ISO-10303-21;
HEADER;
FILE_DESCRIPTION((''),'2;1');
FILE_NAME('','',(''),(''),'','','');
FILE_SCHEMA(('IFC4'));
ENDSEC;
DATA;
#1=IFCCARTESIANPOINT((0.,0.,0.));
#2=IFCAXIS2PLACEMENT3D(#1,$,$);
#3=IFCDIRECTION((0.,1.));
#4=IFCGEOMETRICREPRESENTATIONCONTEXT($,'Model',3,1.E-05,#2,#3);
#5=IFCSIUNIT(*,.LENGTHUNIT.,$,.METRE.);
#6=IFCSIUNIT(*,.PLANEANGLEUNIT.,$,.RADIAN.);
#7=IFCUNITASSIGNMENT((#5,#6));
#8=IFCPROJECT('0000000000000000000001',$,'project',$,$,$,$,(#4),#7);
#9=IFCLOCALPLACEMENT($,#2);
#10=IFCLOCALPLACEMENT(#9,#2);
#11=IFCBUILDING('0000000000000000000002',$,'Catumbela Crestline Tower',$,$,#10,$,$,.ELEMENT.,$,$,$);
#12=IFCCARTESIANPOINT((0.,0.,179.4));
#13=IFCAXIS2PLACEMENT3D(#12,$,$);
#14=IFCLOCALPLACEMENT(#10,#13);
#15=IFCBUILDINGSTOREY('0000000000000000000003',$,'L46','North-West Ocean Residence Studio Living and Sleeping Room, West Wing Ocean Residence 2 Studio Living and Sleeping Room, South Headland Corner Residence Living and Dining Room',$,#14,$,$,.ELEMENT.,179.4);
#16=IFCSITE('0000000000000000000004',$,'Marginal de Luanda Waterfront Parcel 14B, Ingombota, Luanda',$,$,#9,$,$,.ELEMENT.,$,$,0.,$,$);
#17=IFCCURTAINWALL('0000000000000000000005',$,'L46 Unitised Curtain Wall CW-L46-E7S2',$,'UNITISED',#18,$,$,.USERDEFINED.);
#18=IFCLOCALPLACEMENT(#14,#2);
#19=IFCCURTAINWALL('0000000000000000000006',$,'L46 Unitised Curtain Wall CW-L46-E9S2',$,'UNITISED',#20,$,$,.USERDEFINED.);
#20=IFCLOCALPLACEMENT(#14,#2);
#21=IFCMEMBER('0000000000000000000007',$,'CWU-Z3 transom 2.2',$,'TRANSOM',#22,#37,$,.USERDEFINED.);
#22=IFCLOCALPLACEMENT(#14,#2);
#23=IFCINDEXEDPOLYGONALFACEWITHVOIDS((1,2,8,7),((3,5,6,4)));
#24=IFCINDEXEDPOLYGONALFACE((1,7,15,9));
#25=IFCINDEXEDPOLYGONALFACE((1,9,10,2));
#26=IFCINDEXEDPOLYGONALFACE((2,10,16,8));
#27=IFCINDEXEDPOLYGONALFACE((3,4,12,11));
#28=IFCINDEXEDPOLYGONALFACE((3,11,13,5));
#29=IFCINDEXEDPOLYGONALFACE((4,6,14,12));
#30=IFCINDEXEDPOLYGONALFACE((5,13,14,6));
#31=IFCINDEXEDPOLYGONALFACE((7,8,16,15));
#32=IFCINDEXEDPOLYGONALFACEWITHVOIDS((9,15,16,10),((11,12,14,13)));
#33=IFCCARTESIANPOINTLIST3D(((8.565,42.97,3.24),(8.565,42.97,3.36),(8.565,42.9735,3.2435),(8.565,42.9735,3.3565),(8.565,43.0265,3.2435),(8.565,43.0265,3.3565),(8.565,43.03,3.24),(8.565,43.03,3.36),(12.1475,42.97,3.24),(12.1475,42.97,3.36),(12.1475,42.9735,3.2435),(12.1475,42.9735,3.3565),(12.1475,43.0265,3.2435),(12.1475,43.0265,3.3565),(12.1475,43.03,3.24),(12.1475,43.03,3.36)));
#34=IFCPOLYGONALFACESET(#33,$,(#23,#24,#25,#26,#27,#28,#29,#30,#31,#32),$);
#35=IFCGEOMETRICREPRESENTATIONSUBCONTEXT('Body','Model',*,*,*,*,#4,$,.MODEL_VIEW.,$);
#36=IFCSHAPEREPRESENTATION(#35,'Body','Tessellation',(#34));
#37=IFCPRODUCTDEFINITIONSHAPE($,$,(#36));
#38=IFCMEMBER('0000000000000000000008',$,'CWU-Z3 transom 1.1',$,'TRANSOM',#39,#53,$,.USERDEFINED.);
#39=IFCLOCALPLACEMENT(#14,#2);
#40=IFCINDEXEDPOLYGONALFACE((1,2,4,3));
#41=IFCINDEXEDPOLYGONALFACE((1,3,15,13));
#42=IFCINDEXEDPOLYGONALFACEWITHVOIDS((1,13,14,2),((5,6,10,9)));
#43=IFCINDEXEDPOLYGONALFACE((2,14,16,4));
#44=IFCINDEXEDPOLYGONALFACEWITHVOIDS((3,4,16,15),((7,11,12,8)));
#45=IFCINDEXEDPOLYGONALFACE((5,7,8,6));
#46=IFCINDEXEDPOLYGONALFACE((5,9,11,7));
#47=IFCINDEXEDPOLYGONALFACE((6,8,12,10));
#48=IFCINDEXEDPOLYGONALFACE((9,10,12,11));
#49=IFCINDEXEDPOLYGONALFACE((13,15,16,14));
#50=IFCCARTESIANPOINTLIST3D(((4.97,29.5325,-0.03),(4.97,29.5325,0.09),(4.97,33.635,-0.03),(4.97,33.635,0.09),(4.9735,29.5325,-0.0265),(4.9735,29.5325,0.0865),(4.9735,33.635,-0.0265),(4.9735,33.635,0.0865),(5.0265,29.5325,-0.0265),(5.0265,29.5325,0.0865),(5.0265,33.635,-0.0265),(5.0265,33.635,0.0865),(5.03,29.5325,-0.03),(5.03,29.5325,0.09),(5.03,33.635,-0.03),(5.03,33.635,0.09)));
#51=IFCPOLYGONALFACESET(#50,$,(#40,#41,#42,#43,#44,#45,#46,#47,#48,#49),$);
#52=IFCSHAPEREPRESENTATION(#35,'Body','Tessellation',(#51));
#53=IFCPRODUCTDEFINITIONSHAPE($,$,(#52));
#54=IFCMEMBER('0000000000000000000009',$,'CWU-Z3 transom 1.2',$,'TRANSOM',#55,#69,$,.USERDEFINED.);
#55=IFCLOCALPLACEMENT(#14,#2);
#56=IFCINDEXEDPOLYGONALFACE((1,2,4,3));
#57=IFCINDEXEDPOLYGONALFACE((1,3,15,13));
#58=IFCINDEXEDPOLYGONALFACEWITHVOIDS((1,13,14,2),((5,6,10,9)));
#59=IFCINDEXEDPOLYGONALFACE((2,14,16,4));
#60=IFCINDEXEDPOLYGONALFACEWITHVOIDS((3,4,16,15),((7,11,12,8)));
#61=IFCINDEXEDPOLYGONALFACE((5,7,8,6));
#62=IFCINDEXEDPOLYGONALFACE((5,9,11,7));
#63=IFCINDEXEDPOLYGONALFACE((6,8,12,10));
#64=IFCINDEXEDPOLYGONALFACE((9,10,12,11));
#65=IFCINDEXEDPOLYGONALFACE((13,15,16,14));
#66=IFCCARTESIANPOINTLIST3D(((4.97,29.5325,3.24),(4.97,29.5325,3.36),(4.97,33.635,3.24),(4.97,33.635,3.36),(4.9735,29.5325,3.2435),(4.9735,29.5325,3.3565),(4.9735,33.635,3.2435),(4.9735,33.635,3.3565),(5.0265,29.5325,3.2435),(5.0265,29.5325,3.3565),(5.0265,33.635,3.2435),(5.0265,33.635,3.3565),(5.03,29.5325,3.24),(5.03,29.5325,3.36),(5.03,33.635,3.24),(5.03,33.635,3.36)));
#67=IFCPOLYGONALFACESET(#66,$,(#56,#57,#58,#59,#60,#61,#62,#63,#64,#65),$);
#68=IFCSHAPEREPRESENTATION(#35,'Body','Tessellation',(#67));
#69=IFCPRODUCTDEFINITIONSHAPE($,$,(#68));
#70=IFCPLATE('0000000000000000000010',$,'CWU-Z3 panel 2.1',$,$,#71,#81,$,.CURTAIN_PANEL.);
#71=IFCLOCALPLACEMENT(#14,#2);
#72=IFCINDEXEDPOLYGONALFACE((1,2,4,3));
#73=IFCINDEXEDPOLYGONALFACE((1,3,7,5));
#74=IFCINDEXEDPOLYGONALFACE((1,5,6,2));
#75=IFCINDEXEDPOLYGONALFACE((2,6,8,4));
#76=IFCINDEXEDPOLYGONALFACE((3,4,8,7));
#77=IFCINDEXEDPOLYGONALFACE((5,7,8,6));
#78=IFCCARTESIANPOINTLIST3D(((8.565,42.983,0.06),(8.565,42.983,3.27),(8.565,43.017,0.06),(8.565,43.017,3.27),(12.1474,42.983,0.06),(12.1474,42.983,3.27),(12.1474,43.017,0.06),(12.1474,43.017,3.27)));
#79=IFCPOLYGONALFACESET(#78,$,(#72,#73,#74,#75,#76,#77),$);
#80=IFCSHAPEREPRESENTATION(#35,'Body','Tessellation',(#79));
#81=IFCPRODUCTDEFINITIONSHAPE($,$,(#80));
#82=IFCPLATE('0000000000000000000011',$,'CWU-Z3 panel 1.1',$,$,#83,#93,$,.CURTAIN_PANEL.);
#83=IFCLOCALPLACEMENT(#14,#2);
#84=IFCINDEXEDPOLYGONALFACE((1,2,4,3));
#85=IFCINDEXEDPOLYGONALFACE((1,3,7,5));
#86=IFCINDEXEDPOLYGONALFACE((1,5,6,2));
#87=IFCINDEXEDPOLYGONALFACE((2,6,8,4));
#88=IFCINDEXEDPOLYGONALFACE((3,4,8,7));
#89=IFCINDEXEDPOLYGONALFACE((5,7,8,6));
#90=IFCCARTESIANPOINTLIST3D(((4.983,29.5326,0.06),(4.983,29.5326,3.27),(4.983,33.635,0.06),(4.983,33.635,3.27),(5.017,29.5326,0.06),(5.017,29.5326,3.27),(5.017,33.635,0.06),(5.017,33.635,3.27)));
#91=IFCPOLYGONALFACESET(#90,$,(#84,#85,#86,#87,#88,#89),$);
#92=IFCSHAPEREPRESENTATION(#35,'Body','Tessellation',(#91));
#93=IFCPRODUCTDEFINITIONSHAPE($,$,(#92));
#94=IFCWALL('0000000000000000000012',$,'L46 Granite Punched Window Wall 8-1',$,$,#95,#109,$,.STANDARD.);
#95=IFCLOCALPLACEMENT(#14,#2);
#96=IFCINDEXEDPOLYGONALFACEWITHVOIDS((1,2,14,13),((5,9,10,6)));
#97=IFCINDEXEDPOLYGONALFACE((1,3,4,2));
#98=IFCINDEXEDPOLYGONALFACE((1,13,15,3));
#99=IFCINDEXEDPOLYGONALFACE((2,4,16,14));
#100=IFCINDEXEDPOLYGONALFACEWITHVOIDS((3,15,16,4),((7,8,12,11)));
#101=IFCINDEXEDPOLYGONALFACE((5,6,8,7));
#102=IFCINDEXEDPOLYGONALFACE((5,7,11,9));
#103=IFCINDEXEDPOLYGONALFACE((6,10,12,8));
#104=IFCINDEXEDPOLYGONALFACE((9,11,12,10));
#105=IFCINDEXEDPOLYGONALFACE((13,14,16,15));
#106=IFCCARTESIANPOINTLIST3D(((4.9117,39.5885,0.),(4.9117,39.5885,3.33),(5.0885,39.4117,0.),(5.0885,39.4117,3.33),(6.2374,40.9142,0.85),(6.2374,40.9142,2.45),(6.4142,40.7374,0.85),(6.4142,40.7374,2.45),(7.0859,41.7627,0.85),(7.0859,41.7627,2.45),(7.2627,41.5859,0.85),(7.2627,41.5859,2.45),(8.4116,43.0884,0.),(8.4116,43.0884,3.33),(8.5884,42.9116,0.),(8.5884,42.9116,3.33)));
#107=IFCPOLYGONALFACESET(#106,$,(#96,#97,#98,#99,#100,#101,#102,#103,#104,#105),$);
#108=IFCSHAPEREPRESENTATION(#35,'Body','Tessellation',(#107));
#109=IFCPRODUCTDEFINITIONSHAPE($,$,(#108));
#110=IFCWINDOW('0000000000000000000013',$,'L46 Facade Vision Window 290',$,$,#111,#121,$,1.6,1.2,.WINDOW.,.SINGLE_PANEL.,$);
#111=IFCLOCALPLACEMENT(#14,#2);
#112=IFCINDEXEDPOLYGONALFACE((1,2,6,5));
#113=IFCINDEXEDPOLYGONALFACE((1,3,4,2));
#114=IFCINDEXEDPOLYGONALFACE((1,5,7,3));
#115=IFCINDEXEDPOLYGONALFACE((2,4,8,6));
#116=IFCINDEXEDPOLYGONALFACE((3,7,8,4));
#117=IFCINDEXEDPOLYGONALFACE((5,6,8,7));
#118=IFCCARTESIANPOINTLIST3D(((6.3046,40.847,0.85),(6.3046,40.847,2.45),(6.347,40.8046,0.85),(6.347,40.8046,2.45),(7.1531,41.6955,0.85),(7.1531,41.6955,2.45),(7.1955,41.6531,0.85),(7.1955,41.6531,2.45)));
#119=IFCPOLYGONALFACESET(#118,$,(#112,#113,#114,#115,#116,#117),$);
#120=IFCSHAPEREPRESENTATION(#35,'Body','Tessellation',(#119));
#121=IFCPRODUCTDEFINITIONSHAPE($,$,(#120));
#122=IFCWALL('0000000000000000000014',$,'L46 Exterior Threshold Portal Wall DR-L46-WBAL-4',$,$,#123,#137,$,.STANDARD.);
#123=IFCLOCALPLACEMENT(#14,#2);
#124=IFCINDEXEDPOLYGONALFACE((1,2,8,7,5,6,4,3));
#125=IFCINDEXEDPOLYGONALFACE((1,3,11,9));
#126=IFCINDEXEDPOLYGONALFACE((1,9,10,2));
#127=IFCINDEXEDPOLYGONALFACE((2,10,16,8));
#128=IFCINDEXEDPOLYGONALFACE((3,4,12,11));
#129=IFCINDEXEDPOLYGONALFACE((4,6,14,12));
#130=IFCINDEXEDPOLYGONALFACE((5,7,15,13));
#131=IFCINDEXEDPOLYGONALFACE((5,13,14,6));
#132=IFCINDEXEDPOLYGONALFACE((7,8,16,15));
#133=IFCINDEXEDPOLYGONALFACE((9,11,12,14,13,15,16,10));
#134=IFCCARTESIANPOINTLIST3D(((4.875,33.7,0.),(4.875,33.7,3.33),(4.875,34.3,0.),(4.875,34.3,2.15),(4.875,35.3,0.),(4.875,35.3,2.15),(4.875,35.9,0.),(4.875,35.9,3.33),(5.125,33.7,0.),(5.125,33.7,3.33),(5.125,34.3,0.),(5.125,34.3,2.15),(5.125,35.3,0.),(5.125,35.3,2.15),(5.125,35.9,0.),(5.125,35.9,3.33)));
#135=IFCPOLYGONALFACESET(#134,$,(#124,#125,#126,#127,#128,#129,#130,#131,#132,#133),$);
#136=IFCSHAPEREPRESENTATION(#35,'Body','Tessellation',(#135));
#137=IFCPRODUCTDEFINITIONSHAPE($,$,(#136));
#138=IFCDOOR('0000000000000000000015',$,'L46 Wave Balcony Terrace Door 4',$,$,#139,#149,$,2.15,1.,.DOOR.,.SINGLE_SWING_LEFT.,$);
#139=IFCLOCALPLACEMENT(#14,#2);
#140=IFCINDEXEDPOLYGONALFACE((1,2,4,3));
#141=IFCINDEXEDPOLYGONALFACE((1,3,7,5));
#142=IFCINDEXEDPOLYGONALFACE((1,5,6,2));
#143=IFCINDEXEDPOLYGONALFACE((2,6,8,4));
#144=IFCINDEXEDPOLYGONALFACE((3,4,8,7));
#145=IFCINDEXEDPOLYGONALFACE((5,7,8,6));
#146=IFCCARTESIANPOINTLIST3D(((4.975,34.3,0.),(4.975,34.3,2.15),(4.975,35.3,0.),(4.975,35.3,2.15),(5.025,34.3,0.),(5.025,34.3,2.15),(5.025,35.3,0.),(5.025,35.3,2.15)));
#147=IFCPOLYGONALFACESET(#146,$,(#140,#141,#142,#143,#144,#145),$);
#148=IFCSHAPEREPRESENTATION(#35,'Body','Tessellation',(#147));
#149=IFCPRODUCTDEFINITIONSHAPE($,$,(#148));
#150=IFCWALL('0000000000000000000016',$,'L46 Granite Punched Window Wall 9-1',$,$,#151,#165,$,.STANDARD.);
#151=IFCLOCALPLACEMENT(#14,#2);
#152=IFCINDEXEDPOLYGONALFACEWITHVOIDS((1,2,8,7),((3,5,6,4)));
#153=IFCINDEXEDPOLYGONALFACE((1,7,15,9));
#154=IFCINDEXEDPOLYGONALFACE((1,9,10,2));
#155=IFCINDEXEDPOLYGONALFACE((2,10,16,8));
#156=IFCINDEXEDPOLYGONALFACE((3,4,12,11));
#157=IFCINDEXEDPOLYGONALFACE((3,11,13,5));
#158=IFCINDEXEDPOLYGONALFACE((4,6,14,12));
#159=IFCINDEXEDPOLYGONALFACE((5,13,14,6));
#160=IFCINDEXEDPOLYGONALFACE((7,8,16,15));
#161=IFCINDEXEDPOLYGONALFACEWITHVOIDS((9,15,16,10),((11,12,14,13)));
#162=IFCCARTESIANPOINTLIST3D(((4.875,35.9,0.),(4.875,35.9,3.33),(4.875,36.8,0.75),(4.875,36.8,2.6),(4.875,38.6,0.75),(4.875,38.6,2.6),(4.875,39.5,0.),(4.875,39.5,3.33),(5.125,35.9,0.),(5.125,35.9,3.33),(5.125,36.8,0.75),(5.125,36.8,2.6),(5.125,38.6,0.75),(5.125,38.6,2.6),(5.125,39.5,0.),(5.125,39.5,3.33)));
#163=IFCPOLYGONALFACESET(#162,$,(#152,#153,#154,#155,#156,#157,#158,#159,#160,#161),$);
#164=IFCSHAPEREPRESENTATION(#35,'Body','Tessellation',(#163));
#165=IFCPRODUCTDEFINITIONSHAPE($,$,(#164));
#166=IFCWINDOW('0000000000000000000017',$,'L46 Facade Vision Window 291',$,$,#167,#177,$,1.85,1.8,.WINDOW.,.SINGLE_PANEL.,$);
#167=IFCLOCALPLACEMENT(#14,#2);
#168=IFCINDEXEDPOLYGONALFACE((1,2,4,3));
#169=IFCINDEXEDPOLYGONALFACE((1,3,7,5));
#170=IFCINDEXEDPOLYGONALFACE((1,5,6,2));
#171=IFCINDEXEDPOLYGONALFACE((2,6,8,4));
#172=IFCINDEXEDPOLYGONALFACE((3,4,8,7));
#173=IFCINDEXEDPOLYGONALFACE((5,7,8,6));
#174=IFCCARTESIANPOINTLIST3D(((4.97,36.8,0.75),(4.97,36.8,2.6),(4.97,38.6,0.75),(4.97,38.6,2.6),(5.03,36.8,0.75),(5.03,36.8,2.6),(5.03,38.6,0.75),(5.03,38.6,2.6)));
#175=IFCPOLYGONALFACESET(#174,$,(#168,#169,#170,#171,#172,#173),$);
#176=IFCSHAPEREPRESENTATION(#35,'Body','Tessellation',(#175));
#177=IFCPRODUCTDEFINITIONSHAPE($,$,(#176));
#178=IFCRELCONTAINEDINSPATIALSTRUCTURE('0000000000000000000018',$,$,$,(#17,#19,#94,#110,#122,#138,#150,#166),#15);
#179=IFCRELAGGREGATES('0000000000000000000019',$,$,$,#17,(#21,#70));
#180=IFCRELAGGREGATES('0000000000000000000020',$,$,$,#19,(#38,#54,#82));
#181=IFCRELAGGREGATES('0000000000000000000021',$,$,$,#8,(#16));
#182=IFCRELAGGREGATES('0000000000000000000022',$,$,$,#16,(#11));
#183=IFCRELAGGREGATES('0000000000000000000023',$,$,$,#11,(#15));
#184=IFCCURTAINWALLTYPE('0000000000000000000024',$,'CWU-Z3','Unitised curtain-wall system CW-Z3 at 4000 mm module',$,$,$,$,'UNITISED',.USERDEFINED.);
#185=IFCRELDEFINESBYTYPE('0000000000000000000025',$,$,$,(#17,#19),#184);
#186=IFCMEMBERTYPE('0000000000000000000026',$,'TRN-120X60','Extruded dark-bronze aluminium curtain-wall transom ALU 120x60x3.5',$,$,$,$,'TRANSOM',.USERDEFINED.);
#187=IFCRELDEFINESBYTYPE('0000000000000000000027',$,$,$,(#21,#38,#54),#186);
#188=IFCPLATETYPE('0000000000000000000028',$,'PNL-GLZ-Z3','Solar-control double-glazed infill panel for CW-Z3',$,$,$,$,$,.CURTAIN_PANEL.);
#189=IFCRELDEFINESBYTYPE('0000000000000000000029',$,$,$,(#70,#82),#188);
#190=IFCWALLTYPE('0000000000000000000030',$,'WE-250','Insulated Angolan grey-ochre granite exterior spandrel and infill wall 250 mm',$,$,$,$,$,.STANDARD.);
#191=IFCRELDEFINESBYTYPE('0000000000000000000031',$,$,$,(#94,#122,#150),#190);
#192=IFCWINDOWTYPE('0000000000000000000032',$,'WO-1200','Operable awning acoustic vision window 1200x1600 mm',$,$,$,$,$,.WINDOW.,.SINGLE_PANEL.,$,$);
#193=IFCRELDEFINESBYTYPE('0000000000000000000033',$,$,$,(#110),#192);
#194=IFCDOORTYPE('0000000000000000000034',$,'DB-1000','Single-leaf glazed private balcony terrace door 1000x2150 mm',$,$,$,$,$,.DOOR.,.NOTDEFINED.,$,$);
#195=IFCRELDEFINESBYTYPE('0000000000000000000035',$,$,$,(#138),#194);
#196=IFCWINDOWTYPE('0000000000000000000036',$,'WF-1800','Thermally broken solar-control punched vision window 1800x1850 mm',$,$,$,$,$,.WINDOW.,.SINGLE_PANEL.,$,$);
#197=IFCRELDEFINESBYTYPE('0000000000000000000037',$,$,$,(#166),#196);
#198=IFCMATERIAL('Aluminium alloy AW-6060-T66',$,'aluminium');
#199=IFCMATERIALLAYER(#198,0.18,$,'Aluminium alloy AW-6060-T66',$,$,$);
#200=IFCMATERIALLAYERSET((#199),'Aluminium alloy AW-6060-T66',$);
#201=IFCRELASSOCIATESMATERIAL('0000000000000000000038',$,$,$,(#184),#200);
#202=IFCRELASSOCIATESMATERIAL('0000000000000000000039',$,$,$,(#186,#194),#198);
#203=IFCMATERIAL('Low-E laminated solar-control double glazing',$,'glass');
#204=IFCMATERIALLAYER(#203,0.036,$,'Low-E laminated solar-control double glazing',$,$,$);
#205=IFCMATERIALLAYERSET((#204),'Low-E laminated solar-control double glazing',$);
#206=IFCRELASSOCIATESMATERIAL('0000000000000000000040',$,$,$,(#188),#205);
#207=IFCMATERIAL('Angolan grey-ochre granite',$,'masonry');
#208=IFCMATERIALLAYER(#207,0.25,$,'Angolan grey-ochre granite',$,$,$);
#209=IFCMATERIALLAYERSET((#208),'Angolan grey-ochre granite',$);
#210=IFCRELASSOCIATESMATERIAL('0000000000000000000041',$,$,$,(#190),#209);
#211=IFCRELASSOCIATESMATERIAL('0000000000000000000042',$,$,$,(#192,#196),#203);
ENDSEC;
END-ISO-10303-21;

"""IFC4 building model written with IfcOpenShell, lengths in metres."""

from ifc_helpers import new_model, si_unit, direction, frame, frame_2d, origin, origin_2d, place, context, subcontext, project, spatial, rectangle, hollow_rectangle, extrude, material, layer, layer_set, material_profile, profile_set, type_object, element, fill, aggregate, save


model = new_model("IFC4")

# Units and contexts
model_context = context("Model", 3, precision=1e-05, world=origin(), true_north=direction((0.0, 1.0)))
body_context = subcontext(model_context, "Body", "Model", "MODEL_VIEW")
ifc_project = project(units=[si_unit("LENGTHUNIT", "METRE"), si_unit("PLANEANGLEUNIT", "RADIAN")], contexts=[model_context])

# Site, building, storey
site_placement = place(None, origin())
site = spatial("IfcSite", under=ifc_project, at=site_placement, Name="Marginal de Luanda Waterfront Parcel 14B, Ingombota, Luanda", CompositionType="ELEMENT", RefElevation=0.0)
building_placement = place(site_placement, origin())
building = spatial("IfcBuilding", under=site, at=building_placement, Name="Catumbela Crestline Tower", CompositionType="ELEMENT")
storey_placement = place(building_placement, frame((0.0, 0.0, 179.4)))
storey = spatial("IfcBuildingStorey", under=building, at=storey_placement, Name="L46", Description="North-West Ocean Residence Studio Living and Sleeping Room, West Wing Ocean Residence 2 Studio Living and Sleeping Room, South Headland Corner Residence Living and Dining Room", CompositionType="ELEMENT", Elevation=179.4)

# Curtain wall
ifc_material_1 = material(Name="Aluminium alloy AW-6060-T66", Category="aluminium")
ifc_layer_1 = layer(ifc_material_1, 0.18, Name="Aluminium alloy AW-6060-T66")
ifc_layer_set_1 = layer_set([ifc_layer_1], Name="Aluminium alloy AW-6060-T66")
curtain_wall_type = type_object("IfcCurtainWallType", Name="CWU-Z3", Description="Unitised curtain-wall system CW-Z3 at 4000 mm module", ElementType="UNITISED", PredefinedType="USERDEFINED", material=ifc_layer_set_1)
curtain_wall_1_placement = place(storey_placement, origin())
curtain_wall_1 = element("IfcCurtainWall", 1, at=curtain_wall_1_placement, inside=storey, type_object=curtain_wall_type, Name="L46 Unitised Curtain Wall CW-L46-E7S2", ObjectType="UNITISED", PredefinedType="USERDEFINED")

# Curtain wall
curtain_wall_2_placement = place(storey_placement, origin())
curtain_wall_2 = element("IfcCurtainWall", 2, at=curtain_wall_2_placement, inside=storey, type_object=curtain_wall_type, Name="L46 Unitised Curtain Wall CW-L46-E9S2", ObjectType="UNITISED", PredefinedType="USERDEFINED")

# Members
ifc_material_profile_1 = material_profile(ifc_material_1, hollow_rectangle(XDim=0.06, YDim=0.12, WallThickness=0.0035, at=origin_2d()), Name="ALU 120x60x3.5")
ifc_profile_set_1 = profile_set([ifc_material_profile_1], Name="Aluminium alloy AW-6060-T66")
member_type_1 = type_object("IfcMemberType", Name="TRN-120X60", Description="Extruded dark-bronze aluminium curtain-wall transom ALU 120x60x3.5", ElementType="TRANSOM", PredefinedType="USERDEFINED", material=ifc_profile_set_1)
member_1_placement = place(storey_placement, frame((12.1475, 43.0, 3.3), z_axis=(-1.0, 0.0, 0.0), x_axis=(0.0, -1.0, 0.0)))
member_1 = element("IfcMember", 3, at=member_1_placement, type_object=member_type_1, Name="CWU-Z3 transom 2.2", ObjectType="TRANSOM", PredefinedType="USERDEFINED", context=body_context, shape_type="SweptSolid", body=[
    extrude(hollow_rectangle(XDim=0.06, YDim=0.12, WallThickness=0.0035, at=origin_2d()), origin(), (0.0, 0.0, 1.0), 3.5825),
])
member_2_placement = place(storey_placement, frame((5.0, 33.635, 0.03), z_axis=(0.0, -1.0, 0.0), x_axis=(1.0, 0.0, 0.0)))
member_2 = element("IfcMember", 4, at=member_2_placement, type_object=member_type_1, Name="CWU-Z3 transom 1.1", ObjectType="TRANSOM", PredefinedType="USERDEFINED", context=body_context, shape_type="SweptSolid", body=[
    extrude(hollow_rectangle(XDim=0.06, YDim=0.12, WallThickness=0.0035, at=origin_2d()), origin(), (0.0, 0.0, 1.0), 4.1025),
])
member_3_placement = place(storey_placement, frame((5.0, 33.635, 3.3), z_axis=(0.0, -1.0, 0.0), x_axis=(1.0, 0.0, 0.0)))
member_3 = element("IfcMember", 5, at=member_3_placement, type_object=member_type_1, Name="CWU-Z3 transom 1.2", ObjectType="TRANSOM", PredefinedType="USERDEFINED", context=body_context, shape_type="SweptSolid", body=[
    extrude(hollow_rectangle(XDim=0.06, YDim=0.12, WallThickness=0.0035, at=origin_2d()), origin(), (0.0, 0.0, 1.0), 4.1025),
])

# Plates
ifc_material_2 = material(Name="Low-E laminated solar-control double glazing", Category="glass")
ifc_layer_2 = layer(ifc_material_2, 0.036, Name="Low-E laminated solar-control double glazing")
ifc_layer_set_2 = layer_set([ifc_layer_2], Name="Low-E laminated solar-control double glazing")
plate_type = type_object("IfcPlateType", Name="PNL-GLZ-Z3", Description="Solar-control double-glazed infill panel for CW-Z3", PredefinedType="CURTAIN_PANEL", material=ifc_layer_set_2)
plate_1_placement = place(storey_placement, frame((10.3562, 43.0, 0.06), z_axis=(0.0, 0.0, 1.0), x_axis=(-1.0, 0.0, 0.0)))
plate_1 = element("IfcPlate", 6, at=plate_1_placement, type_object=plate_type, Name="CWU-Z3 panel 2.1", PredefinedType="CURTAIN_PANEL", context=body_context, shape_type="SweptSolid", body=[
    extrude(rectangle(XDim=3.5825, YDim=0.034, at=origin_2d()), origin(), (0.0, 0.0, 1.0), 3.21),
])
aggregate(curtain_wall_1, [member_1, plate_1])
plate_2_placement = place(storey_placement, frame((5.0, 31.5838, 0.06), z_axis=(0.0, 0.0, 1.0), x_axis=(0.0, -1.0, 0.0)))
plate_2 = element("IfcPlate", 7, at=plate_2_placement, type_object=plate_type, Name="CWU-Z3 panel 1.1", PredefinedType="CURTAIN_PANEL", context=body_context, shape_type="SweptSolid", body=[
    extrude(rectangle(XDim=4.1025, YDim=0.034, at=origin_2d()), origin(), (0.0, 0.0, 1.0), 3.21),
])
aggregate(curtain_wall_2, [member_2, member_3, plate_2])

# Wall, opening, window
ifc_material_3 = material(Name="Angolan grey-ochre granite", Category="masonry")
ifc_layer_3 = layer(ifc_material_3, 0.25, Name="Angolan grey-ochre granite")
ifc_layer_set_3 = layer_set([ifc_layer_3], Name="Angolan grey-ochre granite")
wall_type_1 = type_object("IfcWallType", Name="WE-250", Description="Insulated Angolan grey-ochre granite exterior spandrel and infill wall 250 mm", PredefinedType="STANDARD", material=ifc_layer_set_3)
wall_1_placement = place(storey_placement, frame((8.5, 43.0, 0.0), z_axis=(0.0, 0.0, 1.0), x_axis=(-0.707107, -0.707107, 0.0)))
wall_1 = element("IfcWall", 8, at=wall_1_placement, inside=storey, type_object=wall_type_1, Name="L46 Granite Punched Window Wall 8-1", PredefinedType="STANDARD", context=body_context, shape_type="SweptSolid", body=[
    extrude(rectangle(XDim=4.9497, YDim=0.25, at=frame_2d((2.4748, 0.0))), origin(), (0.0, 0.0, 1.0), 3.33),
])
opening_1_placement = place(wall_1_placement, frame((1.8748, 0.0, 0.85)))
opening_1 = element("IfcOpeningElement", 9, at=opening_1_placement, cuts=wall_1, PredefinedType="OPENING", context=body_context, shape_type="SweptSolid", body=[
    extrude(rectangle(XDim=1.2, YDim=1.6, at=frame_2d((0.6, 0.8))), frame((0.0, 0.135, 0.0), z_axis=(0.0, -1.0, 0.0), x_axis=(1.0, 0.0, 0.0)), (0.0, 0.0, 1.0), 0.27),
])
window_type_1 = type_object("IfcWindowType", Name="WO-1200", Description="Operable awning acoustic vision window 1200x1600 mm", PartitioningType="SINGLE_PANEL", PredefinedType="WINDOW", material=ifc_material_2)
window_1_placement = place(opening_1_placement, origin())
window_1 = element("IfcWindow", 10, at=window_1_placement, inside=storey, type_object=window_type_1, Name="L46 Facade Vision Window 290", OverallHeight=1.6, OverallWidth=1.2, PartitioningType="SINGLE_PANEL", PredefinedType="WINDOW", context=body_context, shape_type="SweptSolid", body=[
    extrude(rectangle(XDim=1.2, YDim=1.6, at=frame_2d((0.6, 0.8))), frame((0.0, 0.03, 0.0), z_axis=(0.0, -1.0, 0.0), x_axis=(1.0, 0.0, 0.0)), (0.0, 0.0, 1.0), 0.06),
])
fill(opening_1, window_1)

# Wall, opening, door
wall_2_placement = place(storey_placement, frame((5.0, 35.9, 0.0), z_axis=(0.0, 0.0, 1.0), x_axis=(0.0, -1.0, 0.0)))
wall_2 = element("IfcWall", 11, at=wall_2_placement, inside=storey, type_object=wall_type_1, Name="L46 Exterior Threshold Portal Wall DR-L46-WBAL-4", PredefinedType="STANDARD", context=body_context, shape_type="SweptSolid", body=[
    extrude(rectangle(XDim=2.2, YDim=0.25, at=frame_2d((1.1, 0.0))), origin(), (0.0, 0.0, 1.0), 3.33),
])
opening_2_placement = place(wall_2_placement, frame((0.6, 0.0, 0.0)))
opening_2 = element("IfcOpeningElement", 12, at=opening_2_placement, cuts=wall_2, PredefinedType="OPENING", context=body_context, shape_type="SweptSolid", body=[
    extrude(rectangle(XDim=1.0, YDim=2.15, at=frame_2d((0.5, 1.075))), frame((0.0, 0.135, 0.0), z_axis=(0.0, -1.0, 0.0), x_axis=(1.0, 0.0, 0.0)), (0.0, 0.0, 1.0), 0.27),
])
door_type_1 = type_object("IfcDoorType", Name="DB-1000", Description="Single-leaf glazed private balcony terrace door 1000x2150 mm", OperationType="NOTDEFINED", PredefinedType="DOOR", material=ifc_material_1)
door_1_placement = place(opening_2_placement, origin())
door_1 = element("IfcDoor", 13, at=door_1_placement, inside=storey, type_object=door_type_1, Name="L46 Wave Balcony Terrace Door 4", OperationType="SINGLE_SWING_LEFT", OverallHeight=2.15, OverallWidth=1.0, PredefinedType="DOOR", context=body_context, shape_type="SweptSolid", body=[
    extrude(rectangle(XDim=1.0, YDim=2.15, at=frame_2d((0.5, 1.075))), frame((0.0, 0.025, 0.0), z_axis=(0.0, -1.0, 0.0), x_axis=(1.0, 0.0, 0.0)), (0.0, 0.0, 1.0), 0.05),
])
fill(opening_2, door_1)

# Wall, opening, window
wall_3_placement = place(storey_placement, frame((5.0, 39.5, 0.0), z_axis=(0.0, 0.0, 1.0), x_axis=(0.0, -1.0, 0.0)))
wall_3 = element("IfcWall", 14, at=wall_3_placement, inside=storey, type_object=wall_type_1, Name="L46 Granite Punched Window Wall 9-1", PredefinedType="STANDARD", context=body_context, shape_type="SweptSolid", body=[
    extrude(rectangle(XDim=3.6, YDim=0.25, at=frame_2d((1.8, 0.0))), origin(), (0.0, 0.0, 1.0), 3.33),
])
opening_3_placement = place(wall_3_placement, frame((0.9, 0.0, 0.75)))
opening_3 = element("IfcOpeningElement", 15, at=opening_3_placement, cuts=wall_3, PredefinedType="OPENING", context=body_context, shape_type="SweptSolid", body=[
    extrude(rectangle(XDim=1.8, YDim=1.85, at=frame_2d((0.9, 0.925))), frame((0.0, 0.135, 0.0), z_axis=(0.0, -1.0, 0.0), x_axis=(1.0, 0.0, 0.0)), (0.0, 0.0, 1.0), 0.27),
])
window_type_2 = type_object("IfcWindowType", Name="WF-1800", Description="Thermally broken solar-control punched vision window 1800x1850 mm", PartitioningType="SINGLE_PANEL", PredefinedType="WINDOW", material=ifc_material_2)
window_2_placement = place(opening_3_placement, origin())
window_2 = element("IfcWindow", 16, at=window_2_placement, inside=storey, type_object=window_type_2, Name="L46 Facade Vision Window 291", OverallHeight=1.85, OverallWidth=1.8, PartitioningType="SINGLE_PANEL", PredefinedType="WINDOW", context=body_context, shape_type="SweptSolid", body=[
    extrude(rectangle(XDim=1.8, YDim=1.85, at=frame_2d((0.9, 0.925))), frame((0.0, 0.03, 0.0), z_axis=(0.0, -1.0, 0.0), x_axis=(1.0, 0.0, 0.0)), (0.0, 0.0, 1.0), 0.06),
])
fill(opening_3, window_2)

save(model, "model.ifc")
